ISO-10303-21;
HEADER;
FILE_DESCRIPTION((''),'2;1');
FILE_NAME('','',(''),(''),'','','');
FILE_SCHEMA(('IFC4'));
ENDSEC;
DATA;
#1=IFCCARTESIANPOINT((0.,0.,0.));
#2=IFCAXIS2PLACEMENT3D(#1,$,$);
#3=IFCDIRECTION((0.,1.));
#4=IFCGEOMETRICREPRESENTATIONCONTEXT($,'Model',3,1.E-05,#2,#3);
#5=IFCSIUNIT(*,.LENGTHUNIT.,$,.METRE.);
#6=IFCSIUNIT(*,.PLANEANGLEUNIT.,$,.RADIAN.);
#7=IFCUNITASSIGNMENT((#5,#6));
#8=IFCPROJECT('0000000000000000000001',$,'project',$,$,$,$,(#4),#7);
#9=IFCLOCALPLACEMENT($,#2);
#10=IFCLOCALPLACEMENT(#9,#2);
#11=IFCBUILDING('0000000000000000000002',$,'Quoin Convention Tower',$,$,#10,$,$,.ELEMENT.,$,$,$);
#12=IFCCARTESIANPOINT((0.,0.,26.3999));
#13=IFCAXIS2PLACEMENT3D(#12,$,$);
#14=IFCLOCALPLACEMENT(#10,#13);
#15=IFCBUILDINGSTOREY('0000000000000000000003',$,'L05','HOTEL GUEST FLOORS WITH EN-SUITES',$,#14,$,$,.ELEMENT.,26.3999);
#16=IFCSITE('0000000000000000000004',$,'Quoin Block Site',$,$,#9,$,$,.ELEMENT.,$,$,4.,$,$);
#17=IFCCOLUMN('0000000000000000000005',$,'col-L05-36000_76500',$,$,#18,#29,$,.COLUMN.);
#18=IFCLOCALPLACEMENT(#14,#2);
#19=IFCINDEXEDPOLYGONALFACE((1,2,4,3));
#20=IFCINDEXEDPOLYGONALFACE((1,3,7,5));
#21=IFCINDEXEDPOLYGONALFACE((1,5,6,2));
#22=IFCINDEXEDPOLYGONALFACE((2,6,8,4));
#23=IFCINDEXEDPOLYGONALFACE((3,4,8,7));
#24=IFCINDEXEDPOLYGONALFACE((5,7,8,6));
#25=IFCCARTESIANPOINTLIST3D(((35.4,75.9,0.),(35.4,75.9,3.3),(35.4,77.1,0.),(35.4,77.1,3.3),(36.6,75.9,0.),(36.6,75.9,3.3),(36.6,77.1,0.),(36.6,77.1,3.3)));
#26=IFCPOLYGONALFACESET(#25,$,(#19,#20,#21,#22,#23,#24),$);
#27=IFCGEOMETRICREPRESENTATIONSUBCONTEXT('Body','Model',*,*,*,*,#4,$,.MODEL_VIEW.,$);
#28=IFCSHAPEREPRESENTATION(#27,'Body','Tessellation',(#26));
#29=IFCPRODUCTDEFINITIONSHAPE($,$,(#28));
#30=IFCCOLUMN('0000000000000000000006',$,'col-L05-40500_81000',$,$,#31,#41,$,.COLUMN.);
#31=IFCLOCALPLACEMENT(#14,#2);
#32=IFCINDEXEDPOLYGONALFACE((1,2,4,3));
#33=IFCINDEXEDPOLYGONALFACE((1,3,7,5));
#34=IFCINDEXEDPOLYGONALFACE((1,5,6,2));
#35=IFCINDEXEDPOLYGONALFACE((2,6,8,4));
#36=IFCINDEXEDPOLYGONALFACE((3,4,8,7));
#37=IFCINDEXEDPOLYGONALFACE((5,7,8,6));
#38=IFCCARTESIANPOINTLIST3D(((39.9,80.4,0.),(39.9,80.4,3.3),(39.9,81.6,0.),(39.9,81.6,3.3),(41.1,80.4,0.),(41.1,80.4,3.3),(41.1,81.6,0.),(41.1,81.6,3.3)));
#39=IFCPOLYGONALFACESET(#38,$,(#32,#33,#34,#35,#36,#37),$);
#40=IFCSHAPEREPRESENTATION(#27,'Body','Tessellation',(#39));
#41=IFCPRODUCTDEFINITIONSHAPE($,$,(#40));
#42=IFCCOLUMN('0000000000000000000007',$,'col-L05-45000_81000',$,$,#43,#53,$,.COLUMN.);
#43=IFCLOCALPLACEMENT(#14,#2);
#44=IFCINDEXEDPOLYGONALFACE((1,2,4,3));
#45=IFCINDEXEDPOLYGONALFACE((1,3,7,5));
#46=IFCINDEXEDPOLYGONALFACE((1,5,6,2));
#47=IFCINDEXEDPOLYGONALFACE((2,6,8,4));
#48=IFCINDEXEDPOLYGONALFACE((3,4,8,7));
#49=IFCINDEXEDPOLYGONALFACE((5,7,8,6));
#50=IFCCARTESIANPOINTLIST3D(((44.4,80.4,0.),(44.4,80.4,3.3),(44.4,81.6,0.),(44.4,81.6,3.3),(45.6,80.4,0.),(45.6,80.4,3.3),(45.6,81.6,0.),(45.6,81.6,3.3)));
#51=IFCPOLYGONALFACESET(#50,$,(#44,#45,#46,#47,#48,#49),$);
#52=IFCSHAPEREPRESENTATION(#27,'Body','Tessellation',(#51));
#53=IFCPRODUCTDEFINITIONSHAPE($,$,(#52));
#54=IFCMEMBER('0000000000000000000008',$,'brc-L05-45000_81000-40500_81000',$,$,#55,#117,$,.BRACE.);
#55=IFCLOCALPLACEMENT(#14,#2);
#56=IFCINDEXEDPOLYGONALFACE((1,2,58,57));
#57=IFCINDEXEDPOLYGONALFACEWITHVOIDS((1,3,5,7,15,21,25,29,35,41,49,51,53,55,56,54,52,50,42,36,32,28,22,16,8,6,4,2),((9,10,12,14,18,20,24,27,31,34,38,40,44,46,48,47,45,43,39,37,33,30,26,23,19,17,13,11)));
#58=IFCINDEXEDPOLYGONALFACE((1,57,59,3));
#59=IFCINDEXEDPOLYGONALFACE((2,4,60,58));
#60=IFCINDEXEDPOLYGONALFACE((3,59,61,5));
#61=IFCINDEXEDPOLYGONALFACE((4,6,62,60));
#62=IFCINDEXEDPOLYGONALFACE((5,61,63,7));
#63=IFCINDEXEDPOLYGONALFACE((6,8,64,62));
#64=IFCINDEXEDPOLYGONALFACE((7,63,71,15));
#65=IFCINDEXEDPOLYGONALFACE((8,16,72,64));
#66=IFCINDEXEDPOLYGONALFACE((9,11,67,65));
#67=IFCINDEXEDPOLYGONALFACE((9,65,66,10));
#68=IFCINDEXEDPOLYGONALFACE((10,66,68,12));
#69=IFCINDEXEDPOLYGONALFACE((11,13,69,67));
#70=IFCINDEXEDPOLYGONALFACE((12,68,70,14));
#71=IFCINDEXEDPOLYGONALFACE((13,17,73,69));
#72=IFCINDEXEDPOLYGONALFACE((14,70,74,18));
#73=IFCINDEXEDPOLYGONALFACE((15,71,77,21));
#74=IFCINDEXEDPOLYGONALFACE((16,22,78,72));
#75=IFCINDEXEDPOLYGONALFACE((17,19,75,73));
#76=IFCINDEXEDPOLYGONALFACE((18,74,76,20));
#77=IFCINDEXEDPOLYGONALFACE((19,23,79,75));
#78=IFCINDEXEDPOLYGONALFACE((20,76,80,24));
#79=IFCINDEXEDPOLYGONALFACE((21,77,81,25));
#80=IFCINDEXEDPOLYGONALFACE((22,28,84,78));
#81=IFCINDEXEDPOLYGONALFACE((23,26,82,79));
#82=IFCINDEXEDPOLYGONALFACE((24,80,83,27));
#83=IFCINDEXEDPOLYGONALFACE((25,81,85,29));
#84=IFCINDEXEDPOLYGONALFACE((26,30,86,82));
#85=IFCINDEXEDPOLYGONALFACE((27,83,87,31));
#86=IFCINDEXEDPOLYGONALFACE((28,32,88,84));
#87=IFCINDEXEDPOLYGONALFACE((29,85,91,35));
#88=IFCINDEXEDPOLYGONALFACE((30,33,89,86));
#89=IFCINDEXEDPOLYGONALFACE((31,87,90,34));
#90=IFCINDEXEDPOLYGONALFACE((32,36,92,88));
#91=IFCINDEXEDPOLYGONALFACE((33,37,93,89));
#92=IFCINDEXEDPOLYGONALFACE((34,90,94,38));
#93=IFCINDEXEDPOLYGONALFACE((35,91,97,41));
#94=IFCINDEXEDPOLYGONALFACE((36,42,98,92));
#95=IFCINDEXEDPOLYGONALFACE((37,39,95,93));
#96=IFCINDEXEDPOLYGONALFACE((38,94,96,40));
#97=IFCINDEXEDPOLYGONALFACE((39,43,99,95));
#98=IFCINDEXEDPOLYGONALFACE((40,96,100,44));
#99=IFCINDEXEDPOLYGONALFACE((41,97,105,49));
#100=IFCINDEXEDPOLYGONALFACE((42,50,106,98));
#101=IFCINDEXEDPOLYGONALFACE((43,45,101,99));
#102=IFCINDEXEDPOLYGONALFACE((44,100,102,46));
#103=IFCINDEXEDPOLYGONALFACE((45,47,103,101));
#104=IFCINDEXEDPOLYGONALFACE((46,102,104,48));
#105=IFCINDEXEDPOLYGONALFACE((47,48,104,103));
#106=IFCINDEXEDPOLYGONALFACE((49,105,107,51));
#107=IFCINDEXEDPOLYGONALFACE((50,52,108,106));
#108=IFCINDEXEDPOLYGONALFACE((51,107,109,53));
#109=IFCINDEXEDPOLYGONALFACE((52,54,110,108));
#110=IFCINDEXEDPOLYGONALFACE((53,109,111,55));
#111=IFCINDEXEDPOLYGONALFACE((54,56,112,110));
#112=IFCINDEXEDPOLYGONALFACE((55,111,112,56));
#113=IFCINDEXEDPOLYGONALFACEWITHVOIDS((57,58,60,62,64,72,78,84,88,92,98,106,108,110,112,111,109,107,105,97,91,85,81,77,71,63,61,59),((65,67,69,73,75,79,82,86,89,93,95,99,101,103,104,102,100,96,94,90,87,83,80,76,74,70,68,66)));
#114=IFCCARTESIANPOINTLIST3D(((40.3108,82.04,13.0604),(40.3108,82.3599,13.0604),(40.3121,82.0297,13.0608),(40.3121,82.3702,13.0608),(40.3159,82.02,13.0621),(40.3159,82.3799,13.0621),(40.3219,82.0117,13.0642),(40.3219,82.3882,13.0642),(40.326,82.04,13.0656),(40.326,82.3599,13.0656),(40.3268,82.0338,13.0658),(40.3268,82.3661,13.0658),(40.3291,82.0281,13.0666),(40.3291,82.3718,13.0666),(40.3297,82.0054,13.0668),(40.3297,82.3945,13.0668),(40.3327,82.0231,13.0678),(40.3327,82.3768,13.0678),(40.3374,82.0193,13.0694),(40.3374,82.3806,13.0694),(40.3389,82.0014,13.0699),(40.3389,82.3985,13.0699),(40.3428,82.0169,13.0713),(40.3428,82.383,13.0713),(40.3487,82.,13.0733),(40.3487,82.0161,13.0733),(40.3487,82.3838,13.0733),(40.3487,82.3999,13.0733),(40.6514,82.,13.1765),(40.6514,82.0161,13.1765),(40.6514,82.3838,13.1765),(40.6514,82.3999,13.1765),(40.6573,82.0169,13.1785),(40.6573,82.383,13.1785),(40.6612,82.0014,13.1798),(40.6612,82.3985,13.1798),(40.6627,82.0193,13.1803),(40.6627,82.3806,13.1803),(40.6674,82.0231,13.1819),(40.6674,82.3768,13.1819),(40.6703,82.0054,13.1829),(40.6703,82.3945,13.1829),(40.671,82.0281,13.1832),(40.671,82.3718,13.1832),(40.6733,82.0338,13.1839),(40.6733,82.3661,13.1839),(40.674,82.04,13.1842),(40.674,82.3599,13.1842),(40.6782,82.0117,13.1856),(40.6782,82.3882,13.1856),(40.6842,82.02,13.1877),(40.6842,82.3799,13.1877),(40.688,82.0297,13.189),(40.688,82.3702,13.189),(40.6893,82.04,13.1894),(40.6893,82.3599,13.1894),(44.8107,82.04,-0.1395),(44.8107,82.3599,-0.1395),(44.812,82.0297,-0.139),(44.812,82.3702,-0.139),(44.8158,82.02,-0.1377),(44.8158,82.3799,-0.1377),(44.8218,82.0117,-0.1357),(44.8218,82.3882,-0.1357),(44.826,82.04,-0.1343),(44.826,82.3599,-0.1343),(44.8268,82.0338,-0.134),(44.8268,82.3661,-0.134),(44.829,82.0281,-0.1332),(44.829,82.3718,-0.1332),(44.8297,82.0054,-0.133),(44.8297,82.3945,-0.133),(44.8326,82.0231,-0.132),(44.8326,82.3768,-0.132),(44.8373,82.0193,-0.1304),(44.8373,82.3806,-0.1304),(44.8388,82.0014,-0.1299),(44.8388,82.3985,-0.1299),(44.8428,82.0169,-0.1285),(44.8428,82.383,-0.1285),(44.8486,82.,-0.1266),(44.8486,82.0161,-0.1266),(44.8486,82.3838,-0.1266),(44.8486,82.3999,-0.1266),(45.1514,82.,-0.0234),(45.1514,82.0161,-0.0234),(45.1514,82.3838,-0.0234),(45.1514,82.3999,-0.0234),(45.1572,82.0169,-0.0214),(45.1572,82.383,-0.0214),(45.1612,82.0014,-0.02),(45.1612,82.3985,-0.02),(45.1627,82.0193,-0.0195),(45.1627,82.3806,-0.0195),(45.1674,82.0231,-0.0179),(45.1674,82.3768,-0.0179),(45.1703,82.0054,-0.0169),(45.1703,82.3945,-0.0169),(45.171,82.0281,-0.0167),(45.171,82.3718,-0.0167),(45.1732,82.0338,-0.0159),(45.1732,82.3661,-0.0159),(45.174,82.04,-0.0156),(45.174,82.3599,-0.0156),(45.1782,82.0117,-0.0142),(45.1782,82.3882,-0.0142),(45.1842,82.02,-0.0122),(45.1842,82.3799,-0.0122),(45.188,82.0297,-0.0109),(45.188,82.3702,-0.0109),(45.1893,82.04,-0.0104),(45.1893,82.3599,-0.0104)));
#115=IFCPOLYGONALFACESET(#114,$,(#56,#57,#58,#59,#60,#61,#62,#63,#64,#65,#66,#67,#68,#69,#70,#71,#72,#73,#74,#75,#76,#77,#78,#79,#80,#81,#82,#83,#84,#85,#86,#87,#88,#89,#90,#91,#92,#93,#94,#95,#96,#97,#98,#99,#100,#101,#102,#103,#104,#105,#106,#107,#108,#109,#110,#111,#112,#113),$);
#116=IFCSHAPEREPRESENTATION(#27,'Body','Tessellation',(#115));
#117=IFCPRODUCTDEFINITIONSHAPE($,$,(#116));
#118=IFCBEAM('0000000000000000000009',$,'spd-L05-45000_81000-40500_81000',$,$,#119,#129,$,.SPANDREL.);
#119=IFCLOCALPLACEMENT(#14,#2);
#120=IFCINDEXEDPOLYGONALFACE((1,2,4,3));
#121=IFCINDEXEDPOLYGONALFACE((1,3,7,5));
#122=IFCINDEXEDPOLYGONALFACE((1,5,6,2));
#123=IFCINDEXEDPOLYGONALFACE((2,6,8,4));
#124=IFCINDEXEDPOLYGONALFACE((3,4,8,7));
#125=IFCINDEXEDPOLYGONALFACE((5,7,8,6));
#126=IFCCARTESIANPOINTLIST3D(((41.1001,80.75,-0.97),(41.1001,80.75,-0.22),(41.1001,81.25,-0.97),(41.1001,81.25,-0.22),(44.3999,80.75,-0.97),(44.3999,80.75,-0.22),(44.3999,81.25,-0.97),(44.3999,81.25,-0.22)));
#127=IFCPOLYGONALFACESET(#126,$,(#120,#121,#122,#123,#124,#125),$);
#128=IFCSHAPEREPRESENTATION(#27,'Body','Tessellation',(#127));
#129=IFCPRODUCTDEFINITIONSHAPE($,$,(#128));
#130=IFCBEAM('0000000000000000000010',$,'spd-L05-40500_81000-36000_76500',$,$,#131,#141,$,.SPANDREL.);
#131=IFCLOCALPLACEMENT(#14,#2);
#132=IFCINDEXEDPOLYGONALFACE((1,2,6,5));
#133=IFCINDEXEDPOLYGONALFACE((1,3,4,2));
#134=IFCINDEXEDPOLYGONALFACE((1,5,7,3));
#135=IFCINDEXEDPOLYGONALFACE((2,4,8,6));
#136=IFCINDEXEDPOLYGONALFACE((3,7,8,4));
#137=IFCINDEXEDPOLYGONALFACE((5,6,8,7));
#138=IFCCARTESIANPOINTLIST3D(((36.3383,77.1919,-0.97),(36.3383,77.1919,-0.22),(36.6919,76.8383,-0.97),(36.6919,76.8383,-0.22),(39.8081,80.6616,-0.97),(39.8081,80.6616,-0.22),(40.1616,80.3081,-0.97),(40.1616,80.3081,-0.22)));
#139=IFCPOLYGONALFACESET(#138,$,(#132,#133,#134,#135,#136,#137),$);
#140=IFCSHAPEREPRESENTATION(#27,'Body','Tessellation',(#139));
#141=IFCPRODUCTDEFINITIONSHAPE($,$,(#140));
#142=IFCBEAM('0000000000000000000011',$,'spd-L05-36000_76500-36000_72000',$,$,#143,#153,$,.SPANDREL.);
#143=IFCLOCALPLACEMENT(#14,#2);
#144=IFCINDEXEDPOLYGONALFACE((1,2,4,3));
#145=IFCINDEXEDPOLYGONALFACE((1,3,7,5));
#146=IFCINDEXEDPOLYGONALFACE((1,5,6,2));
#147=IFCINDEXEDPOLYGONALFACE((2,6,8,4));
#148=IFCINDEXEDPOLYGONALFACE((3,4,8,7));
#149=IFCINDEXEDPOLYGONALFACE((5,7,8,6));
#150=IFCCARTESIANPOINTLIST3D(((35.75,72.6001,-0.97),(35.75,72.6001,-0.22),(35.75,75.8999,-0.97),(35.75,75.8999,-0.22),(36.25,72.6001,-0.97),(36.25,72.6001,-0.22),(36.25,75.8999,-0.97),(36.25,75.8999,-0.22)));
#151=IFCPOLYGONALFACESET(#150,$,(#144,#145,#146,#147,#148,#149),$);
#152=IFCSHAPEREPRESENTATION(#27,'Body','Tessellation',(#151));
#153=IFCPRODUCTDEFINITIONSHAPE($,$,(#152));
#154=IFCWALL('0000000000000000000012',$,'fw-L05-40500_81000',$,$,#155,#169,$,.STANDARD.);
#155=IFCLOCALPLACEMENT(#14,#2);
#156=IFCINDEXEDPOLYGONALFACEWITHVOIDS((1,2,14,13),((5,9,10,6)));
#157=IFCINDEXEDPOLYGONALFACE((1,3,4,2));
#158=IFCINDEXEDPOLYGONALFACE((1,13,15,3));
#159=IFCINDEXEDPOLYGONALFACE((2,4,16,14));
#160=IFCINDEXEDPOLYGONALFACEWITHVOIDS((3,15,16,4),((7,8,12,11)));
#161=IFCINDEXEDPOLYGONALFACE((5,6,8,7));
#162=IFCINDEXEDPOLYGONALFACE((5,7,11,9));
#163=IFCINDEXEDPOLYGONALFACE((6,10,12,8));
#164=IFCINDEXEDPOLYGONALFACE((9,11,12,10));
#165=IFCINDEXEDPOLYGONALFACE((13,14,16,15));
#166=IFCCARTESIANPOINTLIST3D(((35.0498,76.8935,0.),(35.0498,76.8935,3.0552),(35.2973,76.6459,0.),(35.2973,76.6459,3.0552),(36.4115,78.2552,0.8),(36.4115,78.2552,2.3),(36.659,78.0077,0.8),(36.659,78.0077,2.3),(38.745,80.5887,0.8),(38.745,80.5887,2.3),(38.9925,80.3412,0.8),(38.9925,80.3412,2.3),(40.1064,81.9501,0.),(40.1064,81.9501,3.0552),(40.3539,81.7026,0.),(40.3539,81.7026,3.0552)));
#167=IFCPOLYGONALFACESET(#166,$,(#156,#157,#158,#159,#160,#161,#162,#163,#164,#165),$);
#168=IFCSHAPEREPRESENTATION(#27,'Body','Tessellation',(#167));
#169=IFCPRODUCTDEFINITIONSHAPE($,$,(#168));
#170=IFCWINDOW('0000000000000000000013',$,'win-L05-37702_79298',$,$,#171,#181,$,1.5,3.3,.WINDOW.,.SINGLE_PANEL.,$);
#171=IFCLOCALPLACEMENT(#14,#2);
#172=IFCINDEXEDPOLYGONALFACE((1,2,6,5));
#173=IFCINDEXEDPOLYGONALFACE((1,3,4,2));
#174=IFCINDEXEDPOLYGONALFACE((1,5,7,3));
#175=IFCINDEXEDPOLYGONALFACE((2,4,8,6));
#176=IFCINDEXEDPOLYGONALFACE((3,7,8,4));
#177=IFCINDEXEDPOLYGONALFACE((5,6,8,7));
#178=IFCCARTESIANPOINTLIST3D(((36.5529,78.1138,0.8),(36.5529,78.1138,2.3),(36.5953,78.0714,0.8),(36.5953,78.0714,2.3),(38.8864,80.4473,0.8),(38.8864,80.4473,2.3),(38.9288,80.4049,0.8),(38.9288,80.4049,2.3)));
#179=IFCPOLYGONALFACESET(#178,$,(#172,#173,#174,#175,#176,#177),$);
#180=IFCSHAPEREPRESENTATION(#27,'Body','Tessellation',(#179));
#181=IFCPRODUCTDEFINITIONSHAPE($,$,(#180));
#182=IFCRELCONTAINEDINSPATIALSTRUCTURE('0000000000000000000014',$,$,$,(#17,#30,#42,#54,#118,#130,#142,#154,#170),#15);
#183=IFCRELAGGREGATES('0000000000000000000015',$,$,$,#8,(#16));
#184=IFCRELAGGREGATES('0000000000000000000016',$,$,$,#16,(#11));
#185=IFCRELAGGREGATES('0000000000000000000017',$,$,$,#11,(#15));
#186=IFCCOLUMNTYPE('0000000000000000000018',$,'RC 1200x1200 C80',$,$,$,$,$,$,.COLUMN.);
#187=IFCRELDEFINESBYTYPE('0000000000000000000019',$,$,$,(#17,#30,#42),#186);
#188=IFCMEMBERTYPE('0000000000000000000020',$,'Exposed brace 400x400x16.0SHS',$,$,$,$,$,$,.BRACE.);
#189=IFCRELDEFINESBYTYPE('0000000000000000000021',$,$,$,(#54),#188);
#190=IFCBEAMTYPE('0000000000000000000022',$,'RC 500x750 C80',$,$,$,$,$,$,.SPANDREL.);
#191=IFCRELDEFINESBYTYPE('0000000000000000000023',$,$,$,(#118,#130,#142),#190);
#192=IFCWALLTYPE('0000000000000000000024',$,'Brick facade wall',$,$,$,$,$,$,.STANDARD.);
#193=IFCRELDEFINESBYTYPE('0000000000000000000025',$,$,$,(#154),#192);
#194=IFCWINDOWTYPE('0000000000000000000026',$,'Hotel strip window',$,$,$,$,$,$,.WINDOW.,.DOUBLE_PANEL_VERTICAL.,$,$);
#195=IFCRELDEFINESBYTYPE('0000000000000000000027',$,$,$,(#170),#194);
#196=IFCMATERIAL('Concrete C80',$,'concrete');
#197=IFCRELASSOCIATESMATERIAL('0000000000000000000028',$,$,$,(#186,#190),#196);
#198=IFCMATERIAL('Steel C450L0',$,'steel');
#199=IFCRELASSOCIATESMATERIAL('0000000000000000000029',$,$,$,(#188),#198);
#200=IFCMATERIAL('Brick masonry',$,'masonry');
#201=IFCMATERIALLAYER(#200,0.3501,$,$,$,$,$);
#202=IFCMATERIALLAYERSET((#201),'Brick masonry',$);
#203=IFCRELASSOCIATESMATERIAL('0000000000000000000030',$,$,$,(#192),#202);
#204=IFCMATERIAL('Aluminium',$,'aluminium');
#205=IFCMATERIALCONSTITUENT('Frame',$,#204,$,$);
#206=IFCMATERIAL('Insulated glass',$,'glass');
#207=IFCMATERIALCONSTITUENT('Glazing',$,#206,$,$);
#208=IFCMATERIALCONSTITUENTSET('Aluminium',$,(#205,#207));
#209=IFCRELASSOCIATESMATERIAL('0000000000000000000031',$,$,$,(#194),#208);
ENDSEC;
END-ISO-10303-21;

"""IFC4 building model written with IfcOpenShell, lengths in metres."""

from ifc_helpers import new_model, si_unit, direction, frame, frame_2d, origin, origin_2d, place, context, subcontext, project, spatial, rectangle, hollow_rectangle, extrude, material, layer, layer_set, constituent, constituent_set, material_profile, profile_set, type_object, element, fill, save


model = new_model("IFC4")

# Units and contexts
model_context = context("Model", 3, precision=1e-05, world=origin(), true_north=direction((0.0, 1.0)))
body_context = subcontext(model_context, "Body", "Model", "MODEL_VIEW")
ifc_project = project(units=[si_unit("LENGTHUNIT", "METRE"), si_unit("PLANEANGLEUNIT", "RADIAN")], contexts=[model_context])

# Site, building, storey
site_placement = place(None, origin())
site = spatial("IfcSite", under=ifc_project, at=site_placement, Name="Quoin Block Site", CompositionType="ELEMENT", RefElevation=4.0)
building_placement = place(site_placement, origin())
building = spatial("IfcBuilding", under=site, at=building_placement, Name="Quoin Convention Tower", CompositionType="ELEMENT")
storey_placement = place(building_placement, frame((0.0, 0.0, 26.3999)))
storey = spatial("IfcBuildingStorey", under=building, at=storey_placement, Name="L05", Description="HOTEL GUEST FLOORS WITH EN-SUITES", CompositionType="ELEMENT", Elevation=26.3999)

# Columns
ifc_material_1 = material(Name="Concrete C80", Category="concrete")
ifc_material_profile_1 = material_profile(ifc_material_1, rectangle(XDim=1.2, YDim=1.2, at=origin_2d()), Name="RC 1200x1200")
ifc_profile_set_1 = profile_set([ifc_material_profile_1], Name="Concrete C80")
column_type = type_object("IfcColumnType", Name="RC 1200x1200 C80", PredefinedType="COLUMN", material=ifc_profile_set_1)
for number, where, z_axis, x_axis, name in (
    (1, (36.0, 76.5, 0.0), (0.0, 0.0, 1.0), (1.0, 0.0, 0.0), "col-L05-36000_76500"),
    (2, (40.5, 81.0, 0.0), (0.0, 0.0, 1.0), (1.0, 0.0, 0.0), "col-L05-40500_81000"),
    (3, (45.0, 81.0, 0.0), (0.0, 0.0, 1.0), (1.0, 0.0, 0.0), "col-L05-45000_81000"),
):
    element("IfcColumn", number, at=place(storey_placement, frame(where, z_axis=z_axis, x_axis=x_axis)), inside=storey, type_object=column_type, Name=name, PredefinedType="COLUMN", context=body_context, shape_type="SweptSolid", body=[
        extrude(rectangle(XDim=1.2, YDim=1.2, at=origin_2d()), origin(), (0.0, 0.0, 1.0), 3.3),
    ])

# Member
ifc_material_2 = material(Name="Steel C450L0", Category="steel")
ifc_material_profile_2 = material_profile(ifc_material_2, hollow_rectangle(XDim=0.3999, YDim=0.3999, WallThickness=0.0161, InnerFilletRadius=0.0239, OuterFilletRadius=0.04, at=origin_2d()), Name="400x400x16.0SHS")
ifc_profile_set_2 = profile_set([ifc_material_profile_2], Name="Steel C450L0")
member_type = type_object("IfcMemberType", Name="Exposed brace 400x400x16.0SHS", PredefinedType="BRACE", material=ifc_profile_set_2)
member_placement = place(storey_placement, frame((45.0, 82.2, -0.075), z_axis=(-0.322675, 0.0, 0.94651), x_axis=(0.0, -1.0, 0.0)))
element("IfcMember", 4, at=member_placement, inside=storey, type_object=member_type, Name="brc-L05-45000_81000-40500_81000", PredefinedType="BRACE", context=body_context, shape_type="SweptSolid", body=[
    extrude(hollow_rectangle(XDim=0.3999, YDim=0.3999, WallThickness=0.0161, InnerFilletRadius=0.0239, OuterFilletRadius=0.04, at=origin_2d()), origin(), (0.0, 0.0, 1.0), 13.9458),
])

# Beams
ifc_material_profile_3 = material_profile(ifc_material_1, rectangle(XDim=0.5, YDim=0.75, at=origin_2d()), Name="RC 500x750")
ifc_profile_set_3 = profile_set([ifc_material_profile_3], Name="Concrete C80")
beam_type = type_object("IfcBeamType", Name="RC 500x750 C80", PredefinedType="SPANDREL", material=ifc_profile_set_3)
beam_1_placement = place(storey_placement, frame((44.3999, 81.0, -0.595), z_axis=(-1.0, 0.0, 0.0), x_axis=(0.0, -1.0, 0.0)))
element("IfcBeam", 5, at=beam_1_placement, inside=storey, type_object=beam_type, Name="spd-L05-45000_81000-40500_81000", PredefinedType="SPANDREL", context=body_context, shape_type="SweptSolid", body=[
    extrude(rectangle(XDim=0.5, YDim=0.75, at=origin_2d()), origin(), (0.0, 0.0, 1.0), 3.2998),
])
beam_2_placement = place(storey_placement, frame((39.9849, 80.4849, -0.595), z_axis=(-0.707107, -0.707107, 0.0), x_axis=(0.707107, -0.707107, 0.0)))
element("IfcBeam", 6, at=beam_2_placement, inside=storey, type_object=beam_type, Name="spd-L05-40500_81000-36000_76500", PredefinedType="SPANDREL", context=body_context, shape_type="SweptSolid", body=[
    extrude(rectangle(XDim=0.5, YDim=0.75, at=origin_2d()), origin(), (0.0, 0.0, 1.0), 4.907),
])
beam_3_placement = place(storey_placement, frame((36.0, 75.8999, -0.595), z_axis=(0.0, -1.0, 0.0), x_axis=(1.0, 0.0, 0.0)))
element("IfcBeam", 7, at=beam_3_placement, inside=storey, type_object=beam_type, Name="spd-L05-36000_76500-36000_72000", PredefinedType="SPANDREL", context=body_context, shape_type="SweptSolid", body=[
    extrude(rectangle(XDim=0.5, YDim=0.75, at=origin_2d()), origin(), (0.0, 0.0, 1.0), 3.2998),
])

# Wall, opening, window
ifc_material_3 = material(Name="Brick masonry", Category="masonry")
ifc_layer_1 = layer(ifc_material_3, 0.3501)
ifc_layer_set_1 = layer_set([ifc_layer_1], Name="Brick masonry")
wall_type_1 = type_object("IfcWallType", Name="Brick facade wall", PredefinedType="STANDARD", material=ifc_layer_set_1)
wall_1_placement = place(storey_placement, frame((40.2302, 81.8264, 0.0), z_axis=(0.0, 0.0, 1.0), x_axis=(-0.707107, -0.707107, 0.0)))
wall_1 = element("IfcWall", 8, at=wall_1_placement, inside=storey, type_object=wall_type_1, Name="fw-L05-40500_81000", PredefinedType="STANDARD", context=body_context, shape_type="SweptSolid", body=[
    extrude(rectangle(XDim=7.1511, YDim=0.3501, at=frame_2d((3.5757, 0.0))), origin(), (0.0, 0.0, 1.0), 3.0552),
])
opening_1_placement = place(wall_1_placement, frame((1.9255, 0.0, 0.8)))
opening_1 = element("IfcOpeningElement", 9, at=opening_1_placement, cuts=wall_1, PredefinedType="OPENING", context=body_context, shape_type="SweptSolid", body=[
    extrude(rectangle(XDim=3.3, YDim=1.5, at=frame_2d((1.6499, 0.75))), frame((0.0, 0.1851, 0.0), z_axis=(0.0, -1.0, 0.0), x_axis=(1.0, 0.0, 0.0)), (0.0, 0.0, 1.0), 0.3701),
])
ifc_material_4 = material(Name="Aluminium", Category="aluminium")
ifc_constituent_1 = constituent(ifc_material_4, Name="Frame")
ifc_material_5 = material(Name="Insulated glass", Category="glass")
ifc_constituent_2 = constituent(ifc_material_5, Name="Glazing")
ifc_constituent_set = constituent_set(constituents=[ifc_constituent_1, ifc_constituent_2], Name="Aluminium")
window_type = type_object("IfcWindowType", Name="Hotel strip window", PartitioningType="DOUBLE_PANEL_VERTICAL", PredefinedType="WINDOW", material=ifc_constituent_set)
window_placement = place(opening_1_placement, origin())
window = element("IfcWindow", 10, at=window_placement, inside=storey, type_object=window_type, Name="win-L05-37702_79298", OverallHeight=1.5, OverallWidth=3.3, PartitioningType="SINGLE_PANEL", PredefinedType="WINDOW", context=body_context, shape_type="SweptSolid", body=[
    extrude(rectangle(XDim=3.3, YDim=1.5, at=frame_2d((1.6499, 0.75))), frame((0.0, 0.085, 0.0), z_axis=(0.0, -1.0, 0.0), x_axis=(1.0, 0.0, 0.0)), (0.0, 0.0, 1.0), 0.0601),
])
fill(opening_1, window)

save(model, "model.ifc")
